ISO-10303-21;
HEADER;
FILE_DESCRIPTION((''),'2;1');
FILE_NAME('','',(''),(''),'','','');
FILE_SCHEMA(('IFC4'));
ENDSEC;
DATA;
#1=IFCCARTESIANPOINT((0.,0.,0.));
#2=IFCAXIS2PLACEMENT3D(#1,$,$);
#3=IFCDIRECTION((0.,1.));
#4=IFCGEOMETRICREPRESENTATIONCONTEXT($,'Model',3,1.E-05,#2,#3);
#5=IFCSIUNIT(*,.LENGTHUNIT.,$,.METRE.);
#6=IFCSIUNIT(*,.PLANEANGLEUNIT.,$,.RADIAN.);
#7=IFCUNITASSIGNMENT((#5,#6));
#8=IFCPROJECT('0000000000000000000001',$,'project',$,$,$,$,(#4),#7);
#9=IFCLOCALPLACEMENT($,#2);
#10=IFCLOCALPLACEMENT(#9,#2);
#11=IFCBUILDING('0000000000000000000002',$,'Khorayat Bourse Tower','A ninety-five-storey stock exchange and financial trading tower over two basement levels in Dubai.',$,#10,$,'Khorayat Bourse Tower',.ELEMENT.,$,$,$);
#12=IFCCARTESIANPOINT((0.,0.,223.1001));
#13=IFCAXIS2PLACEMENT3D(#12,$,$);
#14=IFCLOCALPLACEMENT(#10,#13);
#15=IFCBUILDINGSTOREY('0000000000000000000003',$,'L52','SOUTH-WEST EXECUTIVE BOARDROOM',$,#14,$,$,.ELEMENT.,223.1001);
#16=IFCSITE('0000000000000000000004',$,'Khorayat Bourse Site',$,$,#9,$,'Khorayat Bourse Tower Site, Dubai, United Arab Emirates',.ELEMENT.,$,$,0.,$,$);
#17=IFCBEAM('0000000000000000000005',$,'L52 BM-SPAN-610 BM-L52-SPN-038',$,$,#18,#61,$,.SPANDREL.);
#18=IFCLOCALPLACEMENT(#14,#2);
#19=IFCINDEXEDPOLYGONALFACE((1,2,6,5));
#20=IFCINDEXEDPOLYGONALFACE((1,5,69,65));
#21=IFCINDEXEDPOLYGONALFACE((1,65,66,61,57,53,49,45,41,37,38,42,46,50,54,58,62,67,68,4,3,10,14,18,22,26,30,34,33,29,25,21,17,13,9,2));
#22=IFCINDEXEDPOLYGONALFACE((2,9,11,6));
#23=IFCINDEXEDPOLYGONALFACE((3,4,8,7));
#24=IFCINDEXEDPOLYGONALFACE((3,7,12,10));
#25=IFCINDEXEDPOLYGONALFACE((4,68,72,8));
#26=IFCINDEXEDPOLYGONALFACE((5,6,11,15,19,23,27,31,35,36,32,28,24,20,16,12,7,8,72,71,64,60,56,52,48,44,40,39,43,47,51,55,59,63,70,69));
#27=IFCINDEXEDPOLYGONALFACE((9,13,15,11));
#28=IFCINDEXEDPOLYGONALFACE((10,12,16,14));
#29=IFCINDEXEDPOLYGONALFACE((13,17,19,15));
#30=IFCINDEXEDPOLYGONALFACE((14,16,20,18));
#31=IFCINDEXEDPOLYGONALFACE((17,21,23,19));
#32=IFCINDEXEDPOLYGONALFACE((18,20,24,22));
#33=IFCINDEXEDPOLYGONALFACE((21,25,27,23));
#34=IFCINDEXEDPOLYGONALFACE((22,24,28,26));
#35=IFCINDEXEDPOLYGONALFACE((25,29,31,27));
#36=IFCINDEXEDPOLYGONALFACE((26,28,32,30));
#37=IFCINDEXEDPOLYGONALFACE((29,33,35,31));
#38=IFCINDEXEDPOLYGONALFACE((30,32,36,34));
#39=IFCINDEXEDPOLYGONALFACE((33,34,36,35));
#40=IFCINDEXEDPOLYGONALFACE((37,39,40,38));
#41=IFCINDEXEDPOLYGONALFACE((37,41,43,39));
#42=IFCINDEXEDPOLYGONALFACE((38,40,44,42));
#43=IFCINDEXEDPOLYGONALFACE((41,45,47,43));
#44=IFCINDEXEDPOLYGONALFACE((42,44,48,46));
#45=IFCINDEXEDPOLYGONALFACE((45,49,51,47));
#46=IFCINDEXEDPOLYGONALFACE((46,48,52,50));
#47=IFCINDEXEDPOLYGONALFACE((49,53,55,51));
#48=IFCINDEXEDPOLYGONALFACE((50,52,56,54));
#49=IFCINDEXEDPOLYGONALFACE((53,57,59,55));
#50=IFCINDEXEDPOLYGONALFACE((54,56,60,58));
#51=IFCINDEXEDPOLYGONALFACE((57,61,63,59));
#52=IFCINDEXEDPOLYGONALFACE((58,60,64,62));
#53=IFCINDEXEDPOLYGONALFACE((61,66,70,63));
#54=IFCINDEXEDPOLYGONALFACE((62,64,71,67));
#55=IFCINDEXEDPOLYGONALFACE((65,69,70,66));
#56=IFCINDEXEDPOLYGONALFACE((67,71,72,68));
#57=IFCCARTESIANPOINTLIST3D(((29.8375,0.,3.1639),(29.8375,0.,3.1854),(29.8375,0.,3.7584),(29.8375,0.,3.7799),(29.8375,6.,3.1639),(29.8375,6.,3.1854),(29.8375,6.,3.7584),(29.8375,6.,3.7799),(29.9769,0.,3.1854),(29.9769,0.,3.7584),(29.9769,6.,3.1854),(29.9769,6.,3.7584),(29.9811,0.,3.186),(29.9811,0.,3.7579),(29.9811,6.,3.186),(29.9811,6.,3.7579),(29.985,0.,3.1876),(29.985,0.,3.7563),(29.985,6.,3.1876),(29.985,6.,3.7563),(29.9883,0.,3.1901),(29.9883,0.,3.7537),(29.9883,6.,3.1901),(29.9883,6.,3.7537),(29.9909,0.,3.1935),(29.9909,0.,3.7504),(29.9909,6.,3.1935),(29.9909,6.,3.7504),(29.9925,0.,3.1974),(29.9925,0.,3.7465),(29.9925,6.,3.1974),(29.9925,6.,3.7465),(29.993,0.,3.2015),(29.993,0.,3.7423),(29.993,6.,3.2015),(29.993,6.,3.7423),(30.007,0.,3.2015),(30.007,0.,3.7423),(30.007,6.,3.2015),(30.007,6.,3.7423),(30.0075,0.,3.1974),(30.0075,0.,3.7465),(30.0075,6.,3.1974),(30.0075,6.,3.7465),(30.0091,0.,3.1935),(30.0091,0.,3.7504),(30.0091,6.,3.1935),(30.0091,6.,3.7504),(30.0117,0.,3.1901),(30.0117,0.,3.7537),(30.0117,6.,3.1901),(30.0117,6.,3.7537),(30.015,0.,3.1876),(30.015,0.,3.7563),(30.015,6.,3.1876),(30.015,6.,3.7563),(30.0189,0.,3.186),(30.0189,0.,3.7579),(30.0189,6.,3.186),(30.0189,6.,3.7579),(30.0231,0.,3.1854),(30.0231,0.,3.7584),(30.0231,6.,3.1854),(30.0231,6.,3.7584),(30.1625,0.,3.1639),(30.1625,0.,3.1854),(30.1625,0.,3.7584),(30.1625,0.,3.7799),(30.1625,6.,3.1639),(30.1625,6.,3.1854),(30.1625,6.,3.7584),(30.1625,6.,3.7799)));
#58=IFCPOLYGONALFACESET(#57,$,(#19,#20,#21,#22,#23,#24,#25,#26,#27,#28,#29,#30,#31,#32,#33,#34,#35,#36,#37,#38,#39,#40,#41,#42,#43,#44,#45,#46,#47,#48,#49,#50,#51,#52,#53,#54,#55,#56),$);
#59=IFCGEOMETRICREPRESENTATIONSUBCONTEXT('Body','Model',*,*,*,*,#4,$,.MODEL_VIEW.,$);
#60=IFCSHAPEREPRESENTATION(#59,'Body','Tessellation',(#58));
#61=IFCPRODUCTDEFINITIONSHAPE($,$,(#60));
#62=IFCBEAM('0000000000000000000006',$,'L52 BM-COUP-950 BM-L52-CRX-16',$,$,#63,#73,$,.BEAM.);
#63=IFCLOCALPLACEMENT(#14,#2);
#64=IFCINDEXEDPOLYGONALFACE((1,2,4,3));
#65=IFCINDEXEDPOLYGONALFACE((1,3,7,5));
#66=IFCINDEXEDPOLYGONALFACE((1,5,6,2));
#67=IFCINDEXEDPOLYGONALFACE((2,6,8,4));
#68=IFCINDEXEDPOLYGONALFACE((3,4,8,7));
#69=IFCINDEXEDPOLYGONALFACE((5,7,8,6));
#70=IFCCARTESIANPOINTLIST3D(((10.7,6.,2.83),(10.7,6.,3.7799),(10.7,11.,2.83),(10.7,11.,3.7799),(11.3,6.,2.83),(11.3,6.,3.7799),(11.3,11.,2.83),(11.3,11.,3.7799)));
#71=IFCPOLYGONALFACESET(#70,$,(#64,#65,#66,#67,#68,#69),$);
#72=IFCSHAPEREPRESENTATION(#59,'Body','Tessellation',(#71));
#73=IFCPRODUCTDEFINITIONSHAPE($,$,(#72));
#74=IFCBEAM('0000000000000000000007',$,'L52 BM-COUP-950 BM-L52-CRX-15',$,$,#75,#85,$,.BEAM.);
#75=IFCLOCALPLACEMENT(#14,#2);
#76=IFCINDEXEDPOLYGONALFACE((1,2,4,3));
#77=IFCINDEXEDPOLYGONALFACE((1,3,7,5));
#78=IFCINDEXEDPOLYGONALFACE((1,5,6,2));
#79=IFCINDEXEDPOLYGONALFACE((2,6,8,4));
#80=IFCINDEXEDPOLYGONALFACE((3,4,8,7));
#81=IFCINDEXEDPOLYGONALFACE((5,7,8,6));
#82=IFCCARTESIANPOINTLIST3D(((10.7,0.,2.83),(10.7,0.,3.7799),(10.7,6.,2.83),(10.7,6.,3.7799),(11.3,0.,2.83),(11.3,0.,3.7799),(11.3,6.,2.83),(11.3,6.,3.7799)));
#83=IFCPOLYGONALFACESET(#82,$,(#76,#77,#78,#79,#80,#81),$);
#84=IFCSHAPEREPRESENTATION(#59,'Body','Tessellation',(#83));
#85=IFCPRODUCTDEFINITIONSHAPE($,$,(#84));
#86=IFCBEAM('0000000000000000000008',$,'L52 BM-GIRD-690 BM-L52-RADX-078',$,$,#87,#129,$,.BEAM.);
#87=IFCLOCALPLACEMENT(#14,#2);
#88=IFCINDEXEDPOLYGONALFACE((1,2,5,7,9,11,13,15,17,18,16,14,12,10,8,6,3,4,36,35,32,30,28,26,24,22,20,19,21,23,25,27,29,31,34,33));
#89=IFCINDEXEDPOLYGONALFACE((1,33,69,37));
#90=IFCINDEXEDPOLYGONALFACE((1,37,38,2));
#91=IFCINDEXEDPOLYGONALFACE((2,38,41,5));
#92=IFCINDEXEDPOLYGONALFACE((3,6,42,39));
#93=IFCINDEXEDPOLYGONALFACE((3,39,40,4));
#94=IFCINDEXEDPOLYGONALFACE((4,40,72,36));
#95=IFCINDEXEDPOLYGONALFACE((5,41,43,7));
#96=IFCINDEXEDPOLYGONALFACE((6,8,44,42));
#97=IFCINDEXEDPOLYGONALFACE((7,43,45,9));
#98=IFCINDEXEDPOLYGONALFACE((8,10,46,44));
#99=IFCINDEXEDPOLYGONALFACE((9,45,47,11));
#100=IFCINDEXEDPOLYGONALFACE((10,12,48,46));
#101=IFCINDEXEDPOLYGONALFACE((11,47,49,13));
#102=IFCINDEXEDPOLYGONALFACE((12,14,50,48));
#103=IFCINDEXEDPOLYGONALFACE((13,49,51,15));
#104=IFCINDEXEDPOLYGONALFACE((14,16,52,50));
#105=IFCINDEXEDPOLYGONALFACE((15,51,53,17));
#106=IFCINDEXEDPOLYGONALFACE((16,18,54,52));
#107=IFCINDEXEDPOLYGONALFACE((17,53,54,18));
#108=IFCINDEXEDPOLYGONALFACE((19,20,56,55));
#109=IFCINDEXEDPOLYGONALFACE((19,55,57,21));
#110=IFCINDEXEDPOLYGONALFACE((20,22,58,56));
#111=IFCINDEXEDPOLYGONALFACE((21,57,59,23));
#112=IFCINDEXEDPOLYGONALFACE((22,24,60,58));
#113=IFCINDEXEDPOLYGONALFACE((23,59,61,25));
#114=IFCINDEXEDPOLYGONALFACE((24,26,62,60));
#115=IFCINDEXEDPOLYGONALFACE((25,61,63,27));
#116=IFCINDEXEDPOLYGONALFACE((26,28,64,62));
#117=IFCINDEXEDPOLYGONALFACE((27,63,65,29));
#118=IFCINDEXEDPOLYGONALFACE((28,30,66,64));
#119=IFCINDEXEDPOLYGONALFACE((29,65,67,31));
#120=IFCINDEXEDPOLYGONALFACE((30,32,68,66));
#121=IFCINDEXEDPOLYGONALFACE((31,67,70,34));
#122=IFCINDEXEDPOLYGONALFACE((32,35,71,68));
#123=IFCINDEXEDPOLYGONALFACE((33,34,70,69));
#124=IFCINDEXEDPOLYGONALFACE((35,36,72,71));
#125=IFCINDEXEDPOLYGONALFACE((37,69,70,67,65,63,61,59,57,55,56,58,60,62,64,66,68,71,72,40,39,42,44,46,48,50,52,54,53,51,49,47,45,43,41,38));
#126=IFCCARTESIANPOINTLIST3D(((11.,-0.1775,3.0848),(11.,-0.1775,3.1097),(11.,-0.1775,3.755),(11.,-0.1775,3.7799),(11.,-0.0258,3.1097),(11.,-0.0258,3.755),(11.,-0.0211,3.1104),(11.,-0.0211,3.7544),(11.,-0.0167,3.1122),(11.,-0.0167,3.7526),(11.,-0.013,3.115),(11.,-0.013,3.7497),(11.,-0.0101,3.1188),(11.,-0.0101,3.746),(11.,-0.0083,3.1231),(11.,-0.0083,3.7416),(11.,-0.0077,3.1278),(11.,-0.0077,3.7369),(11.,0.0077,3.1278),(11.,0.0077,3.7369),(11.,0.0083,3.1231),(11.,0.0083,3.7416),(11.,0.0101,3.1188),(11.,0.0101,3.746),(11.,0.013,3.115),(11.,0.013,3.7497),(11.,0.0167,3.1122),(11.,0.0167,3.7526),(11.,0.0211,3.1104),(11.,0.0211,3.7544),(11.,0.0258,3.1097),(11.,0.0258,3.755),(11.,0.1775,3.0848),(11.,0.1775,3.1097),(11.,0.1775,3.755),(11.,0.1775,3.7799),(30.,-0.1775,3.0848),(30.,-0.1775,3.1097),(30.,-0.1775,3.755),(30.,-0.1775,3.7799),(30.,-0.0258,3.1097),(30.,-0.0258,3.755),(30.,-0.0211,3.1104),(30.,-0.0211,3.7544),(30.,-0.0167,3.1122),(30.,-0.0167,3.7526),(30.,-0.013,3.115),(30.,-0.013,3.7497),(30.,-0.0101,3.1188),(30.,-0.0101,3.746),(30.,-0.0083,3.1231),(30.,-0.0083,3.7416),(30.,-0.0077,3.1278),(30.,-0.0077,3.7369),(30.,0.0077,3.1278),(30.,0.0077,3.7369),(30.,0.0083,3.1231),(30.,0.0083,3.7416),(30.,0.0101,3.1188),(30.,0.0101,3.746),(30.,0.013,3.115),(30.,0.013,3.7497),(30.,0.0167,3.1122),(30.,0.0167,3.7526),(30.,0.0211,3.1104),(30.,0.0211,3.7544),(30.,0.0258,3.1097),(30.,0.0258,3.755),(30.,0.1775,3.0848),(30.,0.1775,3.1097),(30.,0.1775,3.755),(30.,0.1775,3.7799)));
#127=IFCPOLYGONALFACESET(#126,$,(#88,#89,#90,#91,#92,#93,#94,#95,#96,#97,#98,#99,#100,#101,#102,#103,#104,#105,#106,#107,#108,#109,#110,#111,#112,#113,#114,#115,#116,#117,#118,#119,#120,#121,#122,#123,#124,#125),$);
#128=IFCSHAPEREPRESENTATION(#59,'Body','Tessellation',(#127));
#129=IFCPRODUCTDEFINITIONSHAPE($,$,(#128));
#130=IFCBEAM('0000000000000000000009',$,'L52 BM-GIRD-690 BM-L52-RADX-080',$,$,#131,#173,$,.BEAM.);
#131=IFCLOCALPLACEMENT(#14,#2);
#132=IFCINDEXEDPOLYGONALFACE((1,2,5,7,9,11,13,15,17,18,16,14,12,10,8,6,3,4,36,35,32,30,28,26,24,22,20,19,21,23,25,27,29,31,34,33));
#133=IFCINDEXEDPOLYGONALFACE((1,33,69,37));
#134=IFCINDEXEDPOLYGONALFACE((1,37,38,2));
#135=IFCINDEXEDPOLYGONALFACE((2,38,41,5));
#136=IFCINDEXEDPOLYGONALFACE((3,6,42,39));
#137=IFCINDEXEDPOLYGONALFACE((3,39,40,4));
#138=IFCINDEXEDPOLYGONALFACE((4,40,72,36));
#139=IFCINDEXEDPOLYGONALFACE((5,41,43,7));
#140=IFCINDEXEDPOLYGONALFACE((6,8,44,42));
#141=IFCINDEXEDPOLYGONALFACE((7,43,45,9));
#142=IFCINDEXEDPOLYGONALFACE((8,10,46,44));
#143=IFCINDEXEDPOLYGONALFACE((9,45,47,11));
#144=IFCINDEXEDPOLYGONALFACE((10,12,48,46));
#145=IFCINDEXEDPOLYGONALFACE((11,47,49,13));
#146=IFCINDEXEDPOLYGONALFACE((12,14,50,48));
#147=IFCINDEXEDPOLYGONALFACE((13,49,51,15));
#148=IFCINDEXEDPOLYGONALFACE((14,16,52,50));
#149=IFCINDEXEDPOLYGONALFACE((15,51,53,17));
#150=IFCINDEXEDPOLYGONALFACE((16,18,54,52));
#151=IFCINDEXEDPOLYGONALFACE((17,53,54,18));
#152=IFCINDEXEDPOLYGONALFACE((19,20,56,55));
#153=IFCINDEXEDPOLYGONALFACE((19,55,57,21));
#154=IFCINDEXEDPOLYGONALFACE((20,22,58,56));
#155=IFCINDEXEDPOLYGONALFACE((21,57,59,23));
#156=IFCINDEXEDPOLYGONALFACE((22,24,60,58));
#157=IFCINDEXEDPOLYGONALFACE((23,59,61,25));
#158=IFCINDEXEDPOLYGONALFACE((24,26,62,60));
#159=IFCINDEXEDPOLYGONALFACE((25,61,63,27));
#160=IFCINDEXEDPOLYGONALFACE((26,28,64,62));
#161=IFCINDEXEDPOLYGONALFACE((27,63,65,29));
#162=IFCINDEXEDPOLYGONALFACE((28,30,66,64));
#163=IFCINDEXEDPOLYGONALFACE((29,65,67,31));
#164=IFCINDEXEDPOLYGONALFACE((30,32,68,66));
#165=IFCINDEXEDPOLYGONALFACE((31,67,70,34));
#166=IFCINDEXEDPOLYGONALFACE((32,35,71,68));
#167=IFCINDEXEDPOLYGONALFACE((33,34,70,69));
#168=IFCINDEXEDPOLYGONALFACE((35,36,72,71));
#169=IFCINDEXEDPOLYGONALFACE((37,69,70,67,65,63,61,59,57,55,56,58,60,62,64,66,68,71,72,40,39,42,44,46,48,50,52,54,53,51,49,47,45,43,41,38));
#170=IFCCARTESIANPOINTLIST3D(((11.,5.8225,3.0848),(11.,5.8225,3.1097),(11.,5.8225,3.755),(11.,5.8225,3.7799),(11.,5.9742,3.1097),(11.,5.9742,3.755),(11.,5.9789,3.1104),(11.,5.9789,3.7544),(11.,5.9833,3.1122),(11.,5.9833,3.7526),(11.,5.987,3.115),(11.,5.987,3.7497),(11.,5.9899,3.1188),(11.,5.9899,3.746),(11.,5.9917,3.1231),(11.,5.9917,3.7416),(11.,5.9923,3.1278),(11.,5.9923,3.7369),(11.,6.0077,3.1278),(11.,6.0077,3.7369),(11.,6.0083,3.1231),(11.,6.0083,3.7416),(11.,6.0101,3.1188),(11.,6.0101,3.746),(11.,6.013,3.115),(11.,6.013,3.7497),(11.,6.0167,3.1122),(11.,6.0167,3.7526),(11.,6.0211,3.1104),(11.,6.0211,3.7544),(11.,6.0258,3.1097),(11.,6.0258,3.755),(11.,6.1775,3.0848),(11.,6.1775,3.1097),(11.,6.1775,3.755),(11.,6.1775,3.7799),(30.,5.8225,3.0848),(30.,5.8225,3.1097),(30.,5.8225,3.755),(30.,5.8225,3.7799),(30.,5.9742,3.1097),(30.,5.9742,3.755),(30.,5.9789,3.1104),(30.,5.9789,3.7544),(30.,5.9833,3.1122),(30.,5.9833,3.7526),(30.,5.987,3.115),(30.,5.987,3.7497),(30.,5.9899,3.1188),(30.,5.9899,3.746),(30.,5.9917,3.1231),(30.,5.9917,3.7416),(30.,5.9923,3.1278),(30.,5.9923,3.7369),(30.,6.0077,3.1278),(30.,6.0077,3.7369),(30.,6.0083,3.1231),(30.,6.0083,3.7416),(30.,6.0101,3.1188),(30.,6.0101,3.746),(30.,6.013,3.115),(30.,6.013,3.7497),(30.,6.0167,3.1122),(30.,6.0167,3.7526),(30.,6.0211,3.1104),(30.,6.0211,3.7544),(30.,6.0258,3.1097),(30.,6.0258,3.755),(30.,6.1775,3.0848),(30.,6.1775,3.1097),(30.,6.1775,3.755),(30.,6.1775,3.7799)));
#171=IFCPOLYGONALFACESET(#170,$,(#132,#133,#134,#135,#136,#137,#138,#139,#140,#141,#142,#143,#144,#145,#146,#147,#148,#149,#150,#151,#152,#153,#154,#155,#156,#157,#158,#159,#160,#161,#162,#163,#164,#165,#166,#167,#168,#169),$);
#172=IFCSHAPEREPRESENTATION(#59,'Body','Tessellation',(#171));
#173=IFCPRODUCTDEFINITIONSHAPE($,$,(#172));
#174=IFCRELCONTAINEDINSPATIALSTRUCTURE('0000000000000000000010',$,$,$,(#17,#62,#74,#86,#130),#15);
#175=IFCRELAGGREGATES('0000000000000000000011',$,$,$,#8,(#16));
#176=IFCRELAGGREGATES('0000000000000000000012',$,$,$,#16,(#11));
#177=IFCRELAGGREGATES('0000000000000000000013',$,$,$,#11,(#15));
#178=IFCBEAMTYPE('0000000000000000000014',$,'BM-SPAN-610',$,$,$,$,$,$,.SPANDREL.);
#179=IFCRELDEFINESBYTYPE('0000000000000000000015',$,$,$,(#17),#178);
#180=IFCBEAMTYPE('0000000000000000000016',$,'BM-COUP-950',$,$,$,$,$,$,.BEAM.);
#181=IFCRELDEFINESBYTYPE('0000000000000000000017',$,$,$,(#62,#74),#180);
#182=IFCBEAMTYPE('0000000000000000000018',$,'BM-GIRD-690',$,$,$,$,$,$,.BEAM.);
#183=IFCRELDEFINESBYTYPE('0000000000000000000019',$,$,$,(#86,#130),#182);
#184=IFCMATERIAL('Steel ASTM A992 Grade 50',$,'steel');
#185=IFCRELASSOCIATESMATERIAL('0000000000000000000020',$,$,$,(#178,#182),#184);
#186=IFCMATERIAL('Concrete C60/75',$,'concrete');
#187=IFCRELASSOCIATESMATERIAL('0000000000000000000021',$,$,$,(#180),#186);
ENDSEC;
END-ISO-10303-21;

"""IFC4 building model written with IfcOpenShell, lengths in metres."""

from ifc_helpers import new_model, si_unit, direction, frame, origin, origin_2d, place, context, subcontext, project, spatial, rectangle, i_section, extrude, source, transform, mapped, material, material_profile, profile_set, type_object, element, save


model = new_model("IFC4")

# Units and contexts
model_context = context("Model", 3, precision=1e-05, world=origin(), true_north=direction((0.0, 1.0)))
body_context = subcontext(model_context, "Body", "Model", "MODEL_VIEW")
ifc_project = project(units=[si_unit("LENGTHUNIT", "METRE"), si_unit("PLANEANGLEUNIT", "RADIAN")], contexts=[model_context])

# Site, building, storey
site_placement = place(None, origin())
site = spatial("IfcSite", under=ifc_project, at=site_placement, Name="Khorayat Bourse Site", LongName="Khorayat Bourse Tower Site, Dubai, United Arab Emirates", CompositionType="ELEMENT", RefElevation=0.0)
building_placement = place(site_placement, origin())
building = spatial("IfcBuilding", under=site, at=building_placement, Name="Khorayat Bourse Tower", Description="A ninety-five-storey stock exchange and financial trading tower over two basement levels in Dubai.", LongName="Khorayat Bourse Tower", CompositionType="ELEMENT")
storey_placement = place(building_placement, frame((0.0, 0.0, 223.1001)))
storey = spatial("IfcBuildingStorey", under=building, at=storey_placement, Name="L52", Description="SOUTH-WEST EXECUTIVE BOARDROOM", CompositionType="ELEMENT", Elevation=223.1001)

# Shared definitions
ifc_material_1 = material(Name="Concrete C60/75", Category="concrete")

# Beams
ifc_material_2 = material(Name="Steel ASTM A992 Grade 50", Category="steel")
ifc_material_profile_1 = material_profile(ifc_material_2, i_section(OverallWidth=0.325, OverallDepth=0.616, WebThickness=0.0139, FlangeThickness=0.0215, FilletRadius=0.0161, at=origin_2d()), Name="W610X174")
ifc_profile_set_1 = profile_set([ifc_material_profile_1], Name="Steel ASTM A992 Grade 50")
beam_type_1 = type_object("IfcBeamType", Name="BM-SPAN-610", PredefinedType="SPANDREL", material=ifc_profile_set_1)
shared_shape_1 = source(origin(), body_context, "Body", "SweptSolid", [
    extrude(i_section(OverallWidth=0.325, OverallDepth=0.616, WebThickness=0.0139, FlangeThickness=0.0215, FilletRadius=0.0161, at=origin_2d()), origin(), (0.0, 0.0, 1.0), 6.0),
])
beam_1_placement = place(storey_placement, frame((30.0, 0.0, 3.4719), z_axis=(0.0, 1.0, 0.0), x_axis=(-1.0, 0.0, 0.0)))
element("IfcBeam", 1, at=beam_1_placement, inside=storey, type_object=beam_type_1, Name="L52 BM-SPAN-610 BM-L52-SPN-038", PredefinedType="SPANDREL", context=body_context, shape_type="MappedRepresentation", body=[
    mapped(shared_shape_1, transform((0.0, 0.0, 0.0), scale=1.0)),
])
ifc_material_profile_2 = material_profile(ifc_material_1, rectangle(XDim=0.6001, YDim=0.95, at=origin_2d()), Name="RC 600x950")
ifc_profile_set_2 = profile_set([ifc_material_profile_2], Name="Concrete C60/75")
beam_type_2 = type_object("IfcBeamType", Name="BM-COUP-950", PredefinedType="BEAM", material=ifc_profile_set_2)
shared_shape_2 = source(origin(), body_context, "Body", "SweptSolid", [
    extrude(rectangle(XDim=0.6001, YDim=0.95, at=origin_2d()), origin(), (0.0, 0.0, 1.0), 5.0),
])
beam_2_placement = place(storey_placement, frame((11.0, 6.0, 3.3049), z_axis=(0.0, 1.0, 0.0), x_axis=(-1.0, 0.0, 0.0)))
element("IfcBeam", 2, at=beam_2_placement, inside=storey, type_object=beam_type_2, Name="L52 BM-COUP-950 BM-L52-CRX-16", PredefinedType="BEAM", context=body_context, shape_type="MappedRepresentation", body=[
    mapped(shared_shape_2, transform((0.0, 0.0, 0.0), scale=1.0)),
])
shared_shape_3 = source(origin(), body_context, "Body", "SweptSolid", [
    extrude(rectangle(XDim=0.6001, YDim=0.95, at=origin_2d()), origin(), (0.0, 0.0, 1.0), 6.0),
])
beam_3_placement = place(storey_placement, frame((11.0, 0.0, 3.3049), z_axis=(0.0, 1.0, 0.0), x_axis=(-1.0, 0.0, 0.0)))
element("IfcBeam", 3, at=beam_3_placement, inside=storey, type_object=beam_type_2, Name="L52 BM-COUP-950 BM-L52-CRX-15", PredefinedType="BEAM", context=body_context, shape_type="MappedRepresentation", body=[
    mapped(shared_shape_3, transform((0.0, 0.0, 0.0), scale=1.0)),
])
ifc_material_profile_3 = material_profile(ifc_material_2, i_section(OverallWidth=0.355, OverallDepth=0.6951, WebThickness=0.0154, FlangeThickness=0.0249, FilletRadius=0.0181, at=origin_2d()), Name="W690X217")
ifc_profile_set_3 = profile_set([ifc_material_profile_3], Name="Steel ASTM A992 Grade 50")
beam_type_3 = type_object("IfcBeamType", Name="BM-GIRD-690", PredefinedType="BEAM", material=ifc_profile_set_3)
shared_shape_4 = source(origin(), body_context, "Body", "SweptSolid", [
    extrude(i_section(OverallWidth=0.355, OverallDepth=0.6951, WebThickness=0.0154, FlangeThickness=0.0249, FilletRadius=0.0181, at=origin_2d()), origin(), (0.0, 0.0, 1.0), 19.0),
])
for number, where, z_axis, x_axis, name in (
    (4, (11.0, 0.0, 3.4324), (1.0, 0.0, 0.0), (0.0, 1.0, 0.0), "L52 BM-GIRD-690 BM-L52-RADX-078"),
    (5, (11.0, 6.0, 3.4324), (1.0, 0.0, 0.0), (0.0, 1.0, 0.0), "L52 BM-GIRD-690 BM-L52-RADX-080"),
):
    element("IfcBeam", number, at=place(storey_placement, frame(where, z_axis=z_axis, x_axis=x_axis)), inside=storey, type_object=beam_type_3, Name=name, PredefinedType="BEAM", context=body_context, shape_type="MappedRepresentation", body=[
        mapped(shared_shape_4, transform((0.0, 0.0, 0.0), scale=1.0)),
    ])

save(model, "model.ifc")
